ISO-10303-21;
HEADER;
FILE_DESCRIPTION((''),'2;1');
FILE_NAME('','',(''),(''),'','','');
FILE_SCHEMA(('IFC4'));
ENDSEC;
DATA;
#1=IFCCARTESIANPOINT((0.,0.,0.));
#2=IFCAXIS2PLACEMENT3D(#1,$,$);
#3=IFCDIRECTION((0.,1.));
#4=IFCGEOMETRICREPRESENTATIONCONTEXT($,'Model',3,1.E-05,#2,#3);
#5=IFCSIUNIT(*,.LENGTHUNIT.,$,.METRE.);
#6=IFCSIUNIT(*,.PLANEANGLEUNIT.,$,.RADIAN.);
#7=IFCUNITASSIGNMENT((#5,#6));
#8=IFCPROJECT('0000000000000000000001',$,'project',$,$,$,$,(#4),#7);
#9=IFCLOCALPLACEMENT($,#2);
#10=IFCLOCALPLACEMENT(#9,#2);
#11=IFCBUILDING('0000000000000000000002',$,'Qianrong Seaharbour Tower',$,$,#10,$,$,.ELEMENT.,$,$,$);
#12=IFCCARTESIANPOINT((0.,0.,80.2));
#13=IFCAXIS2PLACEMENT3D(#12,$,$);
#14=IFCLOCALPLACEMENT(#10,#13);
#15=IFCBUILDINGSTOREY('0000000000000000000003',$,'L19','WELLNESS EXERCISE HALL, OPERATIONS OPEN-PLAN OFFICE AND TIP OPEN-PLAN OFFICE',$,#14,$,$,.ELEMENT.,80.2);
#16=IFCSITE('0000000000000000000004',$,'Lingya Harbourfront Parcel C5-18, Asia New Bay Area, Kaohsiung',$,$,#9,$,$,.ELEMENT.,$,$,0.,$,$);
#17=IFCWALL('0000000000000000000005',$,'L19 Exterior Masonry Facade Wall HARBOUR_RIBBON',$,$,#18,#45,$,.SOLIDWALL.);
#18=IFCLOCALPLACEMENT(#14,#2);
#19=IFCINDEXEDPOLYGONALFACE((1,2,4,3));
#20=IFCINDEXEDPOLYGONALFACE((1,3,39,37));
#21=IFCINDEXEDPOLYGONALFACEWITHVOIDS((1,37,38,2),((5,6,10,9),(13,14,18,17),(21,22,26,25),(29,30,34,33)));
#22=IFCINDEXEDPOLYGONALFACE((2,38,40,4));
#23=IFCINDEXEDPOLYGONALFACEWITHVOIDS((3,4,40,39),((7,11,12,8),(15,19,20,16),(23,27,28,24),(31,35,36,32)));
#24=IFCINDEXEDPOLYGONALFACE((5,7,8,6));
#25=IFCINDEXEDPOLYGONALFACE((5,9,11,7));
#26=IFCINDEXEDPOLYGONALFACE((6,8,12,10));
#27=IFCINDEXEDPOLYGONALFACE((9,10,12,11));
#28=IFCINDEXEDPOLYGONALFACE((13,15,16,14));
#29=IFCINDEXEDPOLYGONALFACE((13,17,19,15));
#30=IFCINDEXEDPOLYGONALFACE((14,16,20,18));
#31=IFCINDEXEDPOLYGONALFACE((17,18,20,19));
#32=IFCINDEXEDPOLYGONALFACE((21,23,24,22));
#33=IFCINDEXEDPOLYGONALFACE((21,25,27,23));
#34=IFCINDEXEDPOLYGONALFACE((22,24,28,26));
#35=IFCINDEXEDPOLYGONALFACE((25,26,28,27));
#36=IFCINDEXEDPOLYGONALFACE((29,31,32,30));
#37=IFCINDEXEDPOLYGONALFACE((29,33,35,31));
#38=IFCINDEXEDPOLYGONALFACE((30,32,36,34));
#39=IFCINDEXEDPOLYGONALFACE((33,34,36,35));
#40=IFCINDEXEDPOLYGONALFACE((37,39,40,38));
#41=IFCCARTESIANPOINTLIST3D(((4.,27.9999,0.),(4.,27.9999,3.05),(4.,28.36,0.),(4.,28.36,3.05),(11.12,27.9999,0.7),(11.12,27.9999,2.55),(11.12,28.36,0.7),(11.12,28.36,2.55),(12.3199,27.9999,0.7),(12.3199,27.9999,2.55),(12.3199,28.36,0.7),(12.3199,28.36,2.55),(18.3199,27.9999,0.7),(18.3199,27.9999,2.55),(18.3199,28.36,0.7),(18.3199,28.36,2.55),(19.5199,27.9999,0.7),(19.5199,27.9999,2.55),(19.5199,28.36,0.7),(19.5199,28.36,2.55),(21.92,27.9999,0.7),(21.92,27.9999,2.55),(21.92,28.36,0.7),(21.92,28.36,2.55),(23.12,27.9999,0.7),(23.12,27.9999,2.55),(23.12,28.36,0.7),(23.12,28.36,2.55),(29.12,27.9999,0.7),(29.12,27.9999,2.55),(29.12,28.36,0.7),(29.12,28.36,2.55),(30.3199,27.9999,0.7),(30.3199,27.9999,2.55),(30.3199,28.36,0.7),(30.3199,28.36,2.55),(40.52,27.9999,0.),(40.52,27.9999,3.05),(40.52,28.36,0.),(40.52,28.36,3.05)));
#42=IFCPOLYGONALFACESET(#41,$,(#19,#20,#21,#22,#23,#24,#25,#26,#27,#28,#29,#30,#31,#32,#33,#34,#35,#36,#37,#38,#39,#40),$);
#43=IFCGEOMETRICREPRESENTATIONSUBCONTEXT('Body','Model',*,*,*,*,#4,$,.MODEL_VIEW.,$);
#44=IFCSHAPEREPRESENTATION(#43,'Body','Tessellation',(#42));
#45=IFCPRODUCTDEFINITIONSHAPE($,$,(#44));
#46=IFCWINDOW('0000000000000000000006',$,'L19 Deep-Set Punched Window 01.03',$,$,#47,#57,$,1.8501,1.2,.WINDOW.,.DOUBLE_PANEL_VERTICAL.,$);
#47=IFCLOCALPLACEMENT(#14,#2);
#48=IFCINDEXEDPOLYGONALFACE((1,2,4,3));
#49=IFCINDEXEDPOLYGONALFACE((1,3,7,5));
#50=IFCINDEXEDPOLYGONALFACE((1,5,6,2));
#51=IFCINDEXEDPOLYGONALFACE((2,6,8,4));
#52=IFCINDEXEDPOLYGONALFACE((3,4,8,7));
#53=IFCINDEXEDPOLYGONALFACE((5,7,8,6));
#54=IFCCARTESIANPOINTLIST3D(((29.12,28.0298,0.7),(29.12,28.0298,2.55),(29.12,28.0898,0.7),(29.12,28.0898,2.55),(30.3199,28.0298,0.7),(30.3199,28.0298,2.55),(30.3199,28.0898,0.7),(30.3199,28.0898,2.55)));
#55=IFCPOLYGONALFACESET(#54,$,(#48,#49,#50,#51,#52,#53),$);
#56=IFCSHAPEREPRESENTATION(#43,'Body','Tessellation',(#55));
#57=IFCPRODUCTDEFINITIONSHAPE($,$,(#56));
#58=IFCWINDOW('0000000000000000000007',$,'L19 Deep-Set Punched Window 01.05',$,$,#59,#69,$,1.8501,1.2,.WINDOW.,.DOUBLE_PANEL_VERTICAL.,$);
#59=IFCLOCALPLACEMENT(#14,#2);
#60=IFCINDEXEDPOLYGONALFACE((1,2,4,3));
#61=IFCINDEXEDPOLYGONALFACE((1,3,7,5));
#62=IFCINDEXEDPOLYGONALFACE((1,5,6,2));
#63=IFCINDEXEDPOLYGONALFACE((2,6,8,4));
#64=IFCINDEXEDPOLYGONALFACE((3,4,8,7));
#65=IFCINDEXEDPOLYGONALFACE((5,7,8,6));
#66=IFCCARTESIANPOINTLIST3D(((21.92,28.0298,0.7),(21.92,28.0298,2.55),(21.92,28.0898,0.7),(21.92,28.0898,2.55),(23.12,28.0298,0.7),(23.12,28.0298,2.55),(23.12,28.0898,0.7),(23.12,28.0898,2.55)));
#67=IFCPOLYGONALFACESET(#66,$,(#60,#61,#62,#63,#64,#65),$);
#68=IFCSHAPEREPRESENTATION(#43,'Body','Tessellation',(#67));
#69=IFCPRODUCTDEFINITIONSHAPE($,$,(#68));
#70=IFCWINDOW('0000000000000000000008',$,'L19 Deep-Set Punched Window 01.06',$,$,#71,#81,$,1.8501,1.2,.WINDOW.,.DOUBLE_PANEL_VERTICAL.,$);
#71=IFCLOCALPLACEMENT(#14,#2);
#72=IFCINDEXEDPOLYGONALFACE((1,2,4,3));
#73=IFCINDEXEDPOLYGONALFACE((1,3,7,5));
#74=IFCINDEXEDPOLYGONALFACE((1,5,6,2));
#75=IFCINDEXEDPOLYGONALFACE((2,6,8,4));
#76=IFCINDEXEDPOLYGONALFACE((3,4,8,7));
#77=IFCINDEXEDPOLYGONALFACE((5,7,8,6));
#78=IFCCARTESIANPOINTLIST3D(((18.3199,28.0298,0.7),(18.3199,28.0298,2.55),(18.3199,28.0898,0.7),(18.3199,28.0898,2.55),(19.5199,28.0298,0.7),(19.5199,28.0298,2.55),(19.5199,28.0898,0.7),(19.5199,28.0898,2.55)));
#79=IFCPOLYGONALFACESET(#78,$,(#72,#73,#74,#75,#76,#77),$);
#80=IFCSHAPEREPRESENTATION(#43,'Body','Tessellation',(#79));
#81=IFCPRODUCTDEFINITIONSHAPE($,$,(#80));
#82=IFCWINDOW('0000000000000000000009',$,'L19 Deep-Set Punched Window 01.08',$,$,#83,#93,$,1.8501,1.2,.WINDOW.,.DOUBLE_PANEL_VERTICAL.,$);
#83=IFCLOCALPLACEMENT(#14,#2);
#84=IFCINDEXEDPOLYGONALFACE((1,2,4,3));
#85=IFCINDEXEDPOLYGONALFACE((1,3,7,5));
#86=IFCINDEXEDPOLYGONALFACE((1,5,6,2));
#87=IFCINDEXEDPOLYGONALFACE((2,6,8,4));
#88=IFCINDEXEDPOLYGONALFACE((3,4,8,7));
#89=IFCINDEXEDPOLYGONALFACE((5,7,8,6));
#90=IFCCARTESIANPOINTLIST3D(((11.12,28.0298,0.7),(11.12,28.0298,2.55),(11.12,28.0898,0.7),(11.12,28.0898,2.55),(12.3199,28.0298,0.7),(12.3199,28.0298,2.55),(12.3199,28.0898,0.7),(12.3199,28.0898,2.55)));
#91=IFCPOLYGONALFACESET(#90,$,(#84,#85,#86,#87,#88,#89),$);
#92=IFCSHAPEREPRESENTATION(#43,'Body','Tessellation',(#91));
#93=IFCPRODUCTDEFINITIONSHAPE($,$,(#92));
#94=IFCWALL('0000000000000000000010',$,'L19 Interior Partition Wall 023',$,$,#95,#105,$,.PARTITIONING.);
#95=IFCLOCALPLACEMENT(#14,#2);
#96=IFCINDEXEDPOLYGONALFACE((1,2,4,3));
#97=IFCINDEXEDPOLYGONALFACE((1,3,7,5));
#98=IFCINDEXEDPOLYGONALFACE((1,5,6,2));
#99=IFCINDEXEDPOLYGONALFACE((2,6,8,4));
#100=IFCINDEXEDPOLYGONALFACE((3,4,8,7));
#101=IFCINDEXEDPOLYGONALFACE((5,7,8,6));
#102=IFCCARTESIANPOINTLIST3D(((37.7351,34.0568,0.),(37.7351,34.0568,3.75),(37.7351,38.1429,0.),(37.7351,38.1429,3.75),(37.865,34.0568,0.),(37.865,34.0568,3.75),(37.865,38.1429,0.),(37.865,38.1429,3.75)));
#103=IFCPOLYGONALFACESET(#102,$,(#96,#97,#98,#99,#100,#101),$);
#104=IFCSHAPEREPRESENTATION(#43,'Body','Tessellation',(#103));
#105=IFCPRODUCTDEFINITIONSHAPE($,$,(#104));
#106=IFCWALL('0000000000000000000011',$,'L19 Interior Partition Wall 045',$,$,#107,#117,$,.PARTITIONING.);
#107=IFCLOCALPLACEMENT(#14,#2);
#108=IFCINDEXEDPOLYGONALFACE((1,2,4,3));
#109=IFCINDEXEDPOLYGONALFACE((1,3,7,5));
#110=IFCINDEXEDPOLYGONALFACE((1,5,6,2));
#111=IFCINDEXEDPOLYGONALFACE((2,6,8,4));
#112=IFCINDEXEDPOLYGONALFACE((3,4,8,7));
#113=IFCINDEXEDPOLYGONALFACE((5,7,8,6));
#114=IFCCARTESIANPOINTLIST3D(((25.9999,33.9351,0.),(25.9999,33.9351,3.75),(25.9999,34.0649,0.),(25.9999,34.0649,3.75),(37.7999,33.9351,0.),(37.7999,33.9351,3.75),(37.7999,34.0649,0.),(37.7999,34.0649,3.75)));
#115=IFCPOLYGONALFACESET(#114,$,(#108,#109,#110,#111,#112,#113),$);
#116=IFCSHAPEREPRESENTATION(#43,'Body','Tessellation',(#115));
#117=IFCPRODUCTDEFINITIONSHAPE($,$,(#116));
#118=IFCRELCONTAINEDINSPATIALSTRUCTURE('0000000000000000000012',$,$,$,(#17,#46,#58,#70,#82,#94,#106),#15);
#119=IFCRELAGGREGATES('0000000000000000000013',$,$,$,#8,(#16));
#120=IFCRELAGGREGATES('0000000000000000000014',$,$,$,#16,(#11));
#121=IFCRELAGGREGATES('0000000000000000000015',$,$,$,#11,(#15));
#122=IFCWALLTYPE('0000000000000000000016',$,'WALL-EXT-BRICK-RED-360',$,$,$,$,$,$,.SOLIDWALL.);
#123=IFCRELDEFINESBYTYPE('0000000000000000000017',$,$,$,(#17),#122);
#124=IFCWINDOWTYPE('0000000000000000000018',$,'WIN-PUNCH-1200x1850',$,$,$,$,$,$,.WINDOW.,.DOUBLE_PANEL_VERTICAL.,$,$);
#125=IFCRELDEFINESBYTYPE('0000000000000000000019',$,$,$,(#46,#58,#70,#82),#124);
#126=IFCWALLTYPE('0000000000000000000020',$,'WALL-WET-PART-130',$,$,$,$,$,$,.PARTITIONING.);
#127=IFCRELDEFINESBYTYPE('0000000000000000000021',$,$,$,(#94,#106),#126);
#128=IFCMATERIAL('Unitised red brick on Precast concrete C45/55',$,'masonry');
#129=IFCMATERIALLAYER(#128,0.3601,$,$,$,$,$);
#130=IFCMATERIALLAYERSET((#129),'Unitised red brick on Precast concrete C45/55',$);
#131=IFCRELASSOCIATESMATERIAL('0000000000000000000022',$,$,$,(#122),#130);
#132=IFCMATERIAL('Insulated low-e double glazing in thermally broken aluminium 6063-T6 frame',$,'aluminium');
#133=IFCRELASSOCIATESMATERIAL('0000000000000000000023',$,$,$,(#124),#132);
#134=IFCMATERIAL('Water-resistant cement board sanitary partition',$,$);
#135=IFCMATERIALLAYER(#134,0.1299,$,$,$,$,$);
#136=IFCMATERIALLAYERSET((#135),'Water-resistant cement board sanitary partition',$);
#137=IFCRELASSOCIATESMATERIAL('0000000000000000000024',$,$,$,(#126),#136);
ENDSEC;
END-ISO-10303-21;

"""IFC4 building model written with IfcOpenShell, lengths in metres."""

from ifc_helpers import new_model, si_unit, direction, frame, frame_2d, origin, place, context, subcontext, project, spatial, rectangle, extrude, material, layer, layer_set, type_object, element, fill, save


model = new_model("IFC4")

# Units and contexts
model_context = context("Model", 3, precision=1e-05, world=origin(), true_north=direction((0.0, 1.0)))
body_context = subcontext(model_context, "Body", "Model", "MODEL_VIEW")
ifc_project = project(units=[si_unit("LENGTHUNIT", "METRE"), si_unit("PLANEANGLEUNIT", "RADIAN")], contexts=[model_context])

# Site, building, storey
site_placement = place(None, origin())
site = spatial("IfcSite", under=ifc_project, at=site_placement, Name="Lingya Harbourfront Parcel C5-18, Asia New Bay Area, Kaohsiung", CompositionType="ELEMENT", RefElevation=0.0)
building_placement = place(site_placement, origin())
building = spatial("IfcBuilding", under=site, at=building_placement, Name="Qianrong Seaharbour Tower", CompositionType="ELEMENT")
storey_placement = place(building_placement, frame((0.0, 0.0, 80.2)))
storey = spatial("IfcBuildingStorey", under=building, at=storey_placement, Name="L19", Description="WELLNESS EXERCISE HALL, OPERATIONS OPEN-PLAN OFFICE AND TIP OPEN-PLAN OFFICE", CompositionType="ELEMENT", Elevation=80.2)

# Wall, openings, windows
ifc_material_1 = material(Name="Unitised red brick on Precast concrete C45/55", Category="masonry")
ifc_layer_1 = layer(ifc_material_1, 0.3601)
ifc_layer_set_1 = layer_set([ifc_layer_1], Name="Unitised red brick on Precast concrete C45/55")
wall_type_1 = type_object("IfcWallType", Name="WALL-EXT-BRICK-RED-360", PredefinedType="SOLIDWALL", material=ifc_layer_set_1)
wall_1_placement = place(storey_placement, frame((40.52, 28.1799, 0.0), z_axis=(0.0, 0.0, 1.0), x_axis=(-1.0, 0.0, 0.0)))
wall_1 = element("IfcWall", 1, at=wall_1_placement, inside=storey, type_object=wall_type_1, Name="L19 Exterior Masonry Facade Wall HARBOUR_RIBBON", PredefinedType="SOLIDWALL", context=body_context, shape_type="SweptSolid", body=[
    extrude(rectangle(XDim=36.52, YDim=0.3601, at=frame_2d((18.26, 0.0))), origin(), (0.0, 0.0, 1.0), 3.05),
])
opening_1_placement = place(wall_1_placement, frame((10.2, 0.0, 0.7)))
opening_1 = element("IfcOpeningElement", 2, at=opening_1_placement, cuts=wall_1, PredefinedType="OPENING", context=body_context, shape_type="SweptSolid", body=[
    extrude(rectangle(XDim=1.2, YDim=1.8501, at=frame_2d((0.6001, 0.925))), frame((0.0, 0.1899, 0.0), z_axis=(0.0, -1.0, 0.0), x_axis=(1.0, 0.0, 0.0)), (0.0, 0.0, 1.0), 0.3801),
])
opening_2_placement = place(wall_1_placement, frame((17.3999, 0.0, 0.7)))
opening_2 = element("IfcOpeningElement", 3, at=opening_2_placement, cuts=wall_1, PredefinedType="OPENING", context=body_context, shape_type="SweptSolid", body=[
    extrude(rectangle(XDim=1.2, YDim=1.8501, at=frame_2d((0.6001, 0.925))), frame((0.0, 0.1899, 0.0), z_axis=(0.0, -1.0, 0.0), x_axis=(1.0, 0.0, 0.0)), (0.0, 0.0, 1.0), 0.3801),
])
opening_3_placement = place(wall_1_placement, frame((21.0, 0.0, 0.7)))
opening_3 = element("IfcOpeningElement", 4, at=opening_3_placement, cuts=wall_1, PredefinedType="OPENING", context=body_context, shape_type="SweptSolid", body=[
    extrude(rectangle(XDim=1.2, YDim=1.8501, at=frame_2d((0.6001, 0.925))), frame((0.0, 0.1899, 0.0), z_axis=(0.0, -1.0, 0.0), x_axis=(1.0, 0.0, 0.0)), (0.0, 0.0, 1.0), 0.3801),
])
opening_4_placement = place(wall_1_placement, frame((28.2, 0.0, 0.7)))
opening_4 = element("IfcOpeningElement", 5, at=opening_4_placement, cuts=wall_1, PredefinedType="OPENING", context=body_context, shape_type="SweptSolid", body=[
    extrude(rectangle(XDim=1.2, YDim=1.8501, at=frame_2d((0.6001, 0.925))), frame((0.0, 0.1899, 0.0), z_axis=(0.0, -1.0, 0.0), x_axis=(1.0, 0.0, 0.0)), (0.0, 0.0, 1.0), 0.3801),
])
ifc_material_2 = material(Name="Insulated low-e double glazing in thermally broken aluminium 6063-T6 frame", Category="aluminium")
window_type = type_object("IfcWindowType", Name="WIN-PUNCH-1200x1850", PartitioningType="DOUBLE_PANEL_VERTICAL", PredefinedType="WINDOW", material=ifc_material_2)
window_1_placement = place(opening_1_placement, origin())
window_1 = element("IfcWindow", 6, at=window_1_placement, inside=storey, type_object=window_type, Name="L19 Deep-Set Punched Window 01.03", OverallHeight=1.8501, OverallWidth=1.2, PartitioningType="DOUBLE_PANEL_VERTICAL", PredefinedType="WINDOW", context=body_context, shape_type="SweptSolid", body=[
    extrude(rectangle(XDim=1.2, YDim=1.8501, at=frame_2d((0.6001, 0.925))), frame((0.0, 0.1501, 0.0), z_axis=(0.0, -1.0, 0.0), x_axis=(1.0, 0.0, 0.0)), (0.0, 0.0, 1.0), 0.0601),
])
fill(opening_1, window_1)
window_2_placement = place(opening_2_placement, origin())
window_2 = element("IfcWindow", 7, at=window_2_placement, inside=storey, type_object=window_type, Name="L19 Deep-Set Punched Window 01.05", OverallHeight=1.8501, OverallWidth=1.2, PartitioningType="DOUBLE_PANEL_VERTICAL", PredefinedType="WINDOW", context=body_context, shape_type="SweptSolid", body=[
    extrude(rectangle(XDim=1.2, YDim=1.8501, at=frame_2d((0.6001, 0.925))), frame((0.0, 0.1501, 0.0), z_axis=(0.0, -1.0, 0.0), x_axis=(1.0, 0.0, 0.0)), (0.0, 0.0, 1.0), 0.0601),
])
fill(opening_2, window_2)
window_3_placement = place(opening_3_placement, origin())
window_3 = element("IfcWindow", 8, at=window_3_placement, inside=storey, type_object=window_type, Name="L19 Deep-Set Punched Window 01.06", OverallHeight=1.8501, OverallWidth=1.2, PartitioningType="DOUBLE_PANEL_VERTICAL", PredefinedType="WINDOW", context=body_context, shape_type="SweptSolid", body=[
    extrude(rectangle(XDim=1.2, YDim=1.8501, at=frame_2d((0.6001, 0.925))), frame((0.0, 0.1501, 0.0), z_axis=(0.0, -1.0, 0.0), x_axis=(1.0, 0.0, 0.0)), (0.0, 0.0, 1.0), 0.0601),
])
fill(opening_3, window_3)
window_4_placement = place(opening_4_placement, origin())
window_4 = element("IfcWindow", 9, at=window_4_placement, inside=storey, type_object=window_type, Name="L19 Deep-Set Punched Window 01.08", OverallHeight=1.8501, OverallWidth=1.2, PartitioningType="DOUBLE_PANEL_VERTICAL", PredefinedType="WINDOW", context=body_context, shape_type="SweptSolid", body=[
    extrude(rectangle(XDim=1.2, YDim=1.8501, at=frame_2d((0.6001, 0.925))), frame((0.0, 0.1501, 0.0), z_axis=(0.0, -1.0, 0.0), x_axis=(1.0, 0.0, 0.0)), (0.0, 0.0, 1.0), 0.0601),
])
fill(opening_4, window_4)

# Walls
ifc_material_3 = material(Name="Water-resistant cement board sanitary partition")
ifc_layer_2 = layer(ifc_material_3, 0.1299)
ifc_layer_set_2 = layer_set([ifc_layer_2], Name="Water-resistant cement board sanitary partition")
wall_type_2 = type_object("IfcWallType", Name="WALL-WET-PART-130", PredefinedType="PARTITIONING", material=ifc_layer_set_2)
wall_2_placement = place(storey_placement, frame((37.8, 34.0569, 0.0), z_axis=(0.0, 0.0, 1.0), x_axis=(0.0, 1.0, 0.0)))
element("IfcWall", 10, at=wall_2_placement, inside=storey, type_object=wall_type_2, Name="L19 Interior Partition Wall 023", PredefinedType="PARTITIONING", context=body_context, shape_type="SweptSolid", body=[
    extrude(rectangle(XDim=4.0862, YDim=0.1299, at=frame_2d((2.043, 0.0))), origin(), (0.0, 0.0, 1.0), 3.75),
])
wall_3_placement = place(storey_placement, frame((26.0, 34.0, 0.0), z_axis=(0.0, 0.0, 1.0), x_axis=(1.0, 0.0, 0.0)))
element("IfcWall", 11, at=wall_3_placement, inside=storey, type_object=wall_type_2, Name="L19 Interior Partition Wall 045", PredefinedType="PARTITIONING", context=body_context, shape_type="SweptSolid", body=[
    extrude(rectangle(XDim=11.8, YDim=0.1299, at=frame_2d((5.8999, 0.0))), origin(), (0.0, 0.0, 1.0), 3.75),
])

save(model, "model.ifc")
